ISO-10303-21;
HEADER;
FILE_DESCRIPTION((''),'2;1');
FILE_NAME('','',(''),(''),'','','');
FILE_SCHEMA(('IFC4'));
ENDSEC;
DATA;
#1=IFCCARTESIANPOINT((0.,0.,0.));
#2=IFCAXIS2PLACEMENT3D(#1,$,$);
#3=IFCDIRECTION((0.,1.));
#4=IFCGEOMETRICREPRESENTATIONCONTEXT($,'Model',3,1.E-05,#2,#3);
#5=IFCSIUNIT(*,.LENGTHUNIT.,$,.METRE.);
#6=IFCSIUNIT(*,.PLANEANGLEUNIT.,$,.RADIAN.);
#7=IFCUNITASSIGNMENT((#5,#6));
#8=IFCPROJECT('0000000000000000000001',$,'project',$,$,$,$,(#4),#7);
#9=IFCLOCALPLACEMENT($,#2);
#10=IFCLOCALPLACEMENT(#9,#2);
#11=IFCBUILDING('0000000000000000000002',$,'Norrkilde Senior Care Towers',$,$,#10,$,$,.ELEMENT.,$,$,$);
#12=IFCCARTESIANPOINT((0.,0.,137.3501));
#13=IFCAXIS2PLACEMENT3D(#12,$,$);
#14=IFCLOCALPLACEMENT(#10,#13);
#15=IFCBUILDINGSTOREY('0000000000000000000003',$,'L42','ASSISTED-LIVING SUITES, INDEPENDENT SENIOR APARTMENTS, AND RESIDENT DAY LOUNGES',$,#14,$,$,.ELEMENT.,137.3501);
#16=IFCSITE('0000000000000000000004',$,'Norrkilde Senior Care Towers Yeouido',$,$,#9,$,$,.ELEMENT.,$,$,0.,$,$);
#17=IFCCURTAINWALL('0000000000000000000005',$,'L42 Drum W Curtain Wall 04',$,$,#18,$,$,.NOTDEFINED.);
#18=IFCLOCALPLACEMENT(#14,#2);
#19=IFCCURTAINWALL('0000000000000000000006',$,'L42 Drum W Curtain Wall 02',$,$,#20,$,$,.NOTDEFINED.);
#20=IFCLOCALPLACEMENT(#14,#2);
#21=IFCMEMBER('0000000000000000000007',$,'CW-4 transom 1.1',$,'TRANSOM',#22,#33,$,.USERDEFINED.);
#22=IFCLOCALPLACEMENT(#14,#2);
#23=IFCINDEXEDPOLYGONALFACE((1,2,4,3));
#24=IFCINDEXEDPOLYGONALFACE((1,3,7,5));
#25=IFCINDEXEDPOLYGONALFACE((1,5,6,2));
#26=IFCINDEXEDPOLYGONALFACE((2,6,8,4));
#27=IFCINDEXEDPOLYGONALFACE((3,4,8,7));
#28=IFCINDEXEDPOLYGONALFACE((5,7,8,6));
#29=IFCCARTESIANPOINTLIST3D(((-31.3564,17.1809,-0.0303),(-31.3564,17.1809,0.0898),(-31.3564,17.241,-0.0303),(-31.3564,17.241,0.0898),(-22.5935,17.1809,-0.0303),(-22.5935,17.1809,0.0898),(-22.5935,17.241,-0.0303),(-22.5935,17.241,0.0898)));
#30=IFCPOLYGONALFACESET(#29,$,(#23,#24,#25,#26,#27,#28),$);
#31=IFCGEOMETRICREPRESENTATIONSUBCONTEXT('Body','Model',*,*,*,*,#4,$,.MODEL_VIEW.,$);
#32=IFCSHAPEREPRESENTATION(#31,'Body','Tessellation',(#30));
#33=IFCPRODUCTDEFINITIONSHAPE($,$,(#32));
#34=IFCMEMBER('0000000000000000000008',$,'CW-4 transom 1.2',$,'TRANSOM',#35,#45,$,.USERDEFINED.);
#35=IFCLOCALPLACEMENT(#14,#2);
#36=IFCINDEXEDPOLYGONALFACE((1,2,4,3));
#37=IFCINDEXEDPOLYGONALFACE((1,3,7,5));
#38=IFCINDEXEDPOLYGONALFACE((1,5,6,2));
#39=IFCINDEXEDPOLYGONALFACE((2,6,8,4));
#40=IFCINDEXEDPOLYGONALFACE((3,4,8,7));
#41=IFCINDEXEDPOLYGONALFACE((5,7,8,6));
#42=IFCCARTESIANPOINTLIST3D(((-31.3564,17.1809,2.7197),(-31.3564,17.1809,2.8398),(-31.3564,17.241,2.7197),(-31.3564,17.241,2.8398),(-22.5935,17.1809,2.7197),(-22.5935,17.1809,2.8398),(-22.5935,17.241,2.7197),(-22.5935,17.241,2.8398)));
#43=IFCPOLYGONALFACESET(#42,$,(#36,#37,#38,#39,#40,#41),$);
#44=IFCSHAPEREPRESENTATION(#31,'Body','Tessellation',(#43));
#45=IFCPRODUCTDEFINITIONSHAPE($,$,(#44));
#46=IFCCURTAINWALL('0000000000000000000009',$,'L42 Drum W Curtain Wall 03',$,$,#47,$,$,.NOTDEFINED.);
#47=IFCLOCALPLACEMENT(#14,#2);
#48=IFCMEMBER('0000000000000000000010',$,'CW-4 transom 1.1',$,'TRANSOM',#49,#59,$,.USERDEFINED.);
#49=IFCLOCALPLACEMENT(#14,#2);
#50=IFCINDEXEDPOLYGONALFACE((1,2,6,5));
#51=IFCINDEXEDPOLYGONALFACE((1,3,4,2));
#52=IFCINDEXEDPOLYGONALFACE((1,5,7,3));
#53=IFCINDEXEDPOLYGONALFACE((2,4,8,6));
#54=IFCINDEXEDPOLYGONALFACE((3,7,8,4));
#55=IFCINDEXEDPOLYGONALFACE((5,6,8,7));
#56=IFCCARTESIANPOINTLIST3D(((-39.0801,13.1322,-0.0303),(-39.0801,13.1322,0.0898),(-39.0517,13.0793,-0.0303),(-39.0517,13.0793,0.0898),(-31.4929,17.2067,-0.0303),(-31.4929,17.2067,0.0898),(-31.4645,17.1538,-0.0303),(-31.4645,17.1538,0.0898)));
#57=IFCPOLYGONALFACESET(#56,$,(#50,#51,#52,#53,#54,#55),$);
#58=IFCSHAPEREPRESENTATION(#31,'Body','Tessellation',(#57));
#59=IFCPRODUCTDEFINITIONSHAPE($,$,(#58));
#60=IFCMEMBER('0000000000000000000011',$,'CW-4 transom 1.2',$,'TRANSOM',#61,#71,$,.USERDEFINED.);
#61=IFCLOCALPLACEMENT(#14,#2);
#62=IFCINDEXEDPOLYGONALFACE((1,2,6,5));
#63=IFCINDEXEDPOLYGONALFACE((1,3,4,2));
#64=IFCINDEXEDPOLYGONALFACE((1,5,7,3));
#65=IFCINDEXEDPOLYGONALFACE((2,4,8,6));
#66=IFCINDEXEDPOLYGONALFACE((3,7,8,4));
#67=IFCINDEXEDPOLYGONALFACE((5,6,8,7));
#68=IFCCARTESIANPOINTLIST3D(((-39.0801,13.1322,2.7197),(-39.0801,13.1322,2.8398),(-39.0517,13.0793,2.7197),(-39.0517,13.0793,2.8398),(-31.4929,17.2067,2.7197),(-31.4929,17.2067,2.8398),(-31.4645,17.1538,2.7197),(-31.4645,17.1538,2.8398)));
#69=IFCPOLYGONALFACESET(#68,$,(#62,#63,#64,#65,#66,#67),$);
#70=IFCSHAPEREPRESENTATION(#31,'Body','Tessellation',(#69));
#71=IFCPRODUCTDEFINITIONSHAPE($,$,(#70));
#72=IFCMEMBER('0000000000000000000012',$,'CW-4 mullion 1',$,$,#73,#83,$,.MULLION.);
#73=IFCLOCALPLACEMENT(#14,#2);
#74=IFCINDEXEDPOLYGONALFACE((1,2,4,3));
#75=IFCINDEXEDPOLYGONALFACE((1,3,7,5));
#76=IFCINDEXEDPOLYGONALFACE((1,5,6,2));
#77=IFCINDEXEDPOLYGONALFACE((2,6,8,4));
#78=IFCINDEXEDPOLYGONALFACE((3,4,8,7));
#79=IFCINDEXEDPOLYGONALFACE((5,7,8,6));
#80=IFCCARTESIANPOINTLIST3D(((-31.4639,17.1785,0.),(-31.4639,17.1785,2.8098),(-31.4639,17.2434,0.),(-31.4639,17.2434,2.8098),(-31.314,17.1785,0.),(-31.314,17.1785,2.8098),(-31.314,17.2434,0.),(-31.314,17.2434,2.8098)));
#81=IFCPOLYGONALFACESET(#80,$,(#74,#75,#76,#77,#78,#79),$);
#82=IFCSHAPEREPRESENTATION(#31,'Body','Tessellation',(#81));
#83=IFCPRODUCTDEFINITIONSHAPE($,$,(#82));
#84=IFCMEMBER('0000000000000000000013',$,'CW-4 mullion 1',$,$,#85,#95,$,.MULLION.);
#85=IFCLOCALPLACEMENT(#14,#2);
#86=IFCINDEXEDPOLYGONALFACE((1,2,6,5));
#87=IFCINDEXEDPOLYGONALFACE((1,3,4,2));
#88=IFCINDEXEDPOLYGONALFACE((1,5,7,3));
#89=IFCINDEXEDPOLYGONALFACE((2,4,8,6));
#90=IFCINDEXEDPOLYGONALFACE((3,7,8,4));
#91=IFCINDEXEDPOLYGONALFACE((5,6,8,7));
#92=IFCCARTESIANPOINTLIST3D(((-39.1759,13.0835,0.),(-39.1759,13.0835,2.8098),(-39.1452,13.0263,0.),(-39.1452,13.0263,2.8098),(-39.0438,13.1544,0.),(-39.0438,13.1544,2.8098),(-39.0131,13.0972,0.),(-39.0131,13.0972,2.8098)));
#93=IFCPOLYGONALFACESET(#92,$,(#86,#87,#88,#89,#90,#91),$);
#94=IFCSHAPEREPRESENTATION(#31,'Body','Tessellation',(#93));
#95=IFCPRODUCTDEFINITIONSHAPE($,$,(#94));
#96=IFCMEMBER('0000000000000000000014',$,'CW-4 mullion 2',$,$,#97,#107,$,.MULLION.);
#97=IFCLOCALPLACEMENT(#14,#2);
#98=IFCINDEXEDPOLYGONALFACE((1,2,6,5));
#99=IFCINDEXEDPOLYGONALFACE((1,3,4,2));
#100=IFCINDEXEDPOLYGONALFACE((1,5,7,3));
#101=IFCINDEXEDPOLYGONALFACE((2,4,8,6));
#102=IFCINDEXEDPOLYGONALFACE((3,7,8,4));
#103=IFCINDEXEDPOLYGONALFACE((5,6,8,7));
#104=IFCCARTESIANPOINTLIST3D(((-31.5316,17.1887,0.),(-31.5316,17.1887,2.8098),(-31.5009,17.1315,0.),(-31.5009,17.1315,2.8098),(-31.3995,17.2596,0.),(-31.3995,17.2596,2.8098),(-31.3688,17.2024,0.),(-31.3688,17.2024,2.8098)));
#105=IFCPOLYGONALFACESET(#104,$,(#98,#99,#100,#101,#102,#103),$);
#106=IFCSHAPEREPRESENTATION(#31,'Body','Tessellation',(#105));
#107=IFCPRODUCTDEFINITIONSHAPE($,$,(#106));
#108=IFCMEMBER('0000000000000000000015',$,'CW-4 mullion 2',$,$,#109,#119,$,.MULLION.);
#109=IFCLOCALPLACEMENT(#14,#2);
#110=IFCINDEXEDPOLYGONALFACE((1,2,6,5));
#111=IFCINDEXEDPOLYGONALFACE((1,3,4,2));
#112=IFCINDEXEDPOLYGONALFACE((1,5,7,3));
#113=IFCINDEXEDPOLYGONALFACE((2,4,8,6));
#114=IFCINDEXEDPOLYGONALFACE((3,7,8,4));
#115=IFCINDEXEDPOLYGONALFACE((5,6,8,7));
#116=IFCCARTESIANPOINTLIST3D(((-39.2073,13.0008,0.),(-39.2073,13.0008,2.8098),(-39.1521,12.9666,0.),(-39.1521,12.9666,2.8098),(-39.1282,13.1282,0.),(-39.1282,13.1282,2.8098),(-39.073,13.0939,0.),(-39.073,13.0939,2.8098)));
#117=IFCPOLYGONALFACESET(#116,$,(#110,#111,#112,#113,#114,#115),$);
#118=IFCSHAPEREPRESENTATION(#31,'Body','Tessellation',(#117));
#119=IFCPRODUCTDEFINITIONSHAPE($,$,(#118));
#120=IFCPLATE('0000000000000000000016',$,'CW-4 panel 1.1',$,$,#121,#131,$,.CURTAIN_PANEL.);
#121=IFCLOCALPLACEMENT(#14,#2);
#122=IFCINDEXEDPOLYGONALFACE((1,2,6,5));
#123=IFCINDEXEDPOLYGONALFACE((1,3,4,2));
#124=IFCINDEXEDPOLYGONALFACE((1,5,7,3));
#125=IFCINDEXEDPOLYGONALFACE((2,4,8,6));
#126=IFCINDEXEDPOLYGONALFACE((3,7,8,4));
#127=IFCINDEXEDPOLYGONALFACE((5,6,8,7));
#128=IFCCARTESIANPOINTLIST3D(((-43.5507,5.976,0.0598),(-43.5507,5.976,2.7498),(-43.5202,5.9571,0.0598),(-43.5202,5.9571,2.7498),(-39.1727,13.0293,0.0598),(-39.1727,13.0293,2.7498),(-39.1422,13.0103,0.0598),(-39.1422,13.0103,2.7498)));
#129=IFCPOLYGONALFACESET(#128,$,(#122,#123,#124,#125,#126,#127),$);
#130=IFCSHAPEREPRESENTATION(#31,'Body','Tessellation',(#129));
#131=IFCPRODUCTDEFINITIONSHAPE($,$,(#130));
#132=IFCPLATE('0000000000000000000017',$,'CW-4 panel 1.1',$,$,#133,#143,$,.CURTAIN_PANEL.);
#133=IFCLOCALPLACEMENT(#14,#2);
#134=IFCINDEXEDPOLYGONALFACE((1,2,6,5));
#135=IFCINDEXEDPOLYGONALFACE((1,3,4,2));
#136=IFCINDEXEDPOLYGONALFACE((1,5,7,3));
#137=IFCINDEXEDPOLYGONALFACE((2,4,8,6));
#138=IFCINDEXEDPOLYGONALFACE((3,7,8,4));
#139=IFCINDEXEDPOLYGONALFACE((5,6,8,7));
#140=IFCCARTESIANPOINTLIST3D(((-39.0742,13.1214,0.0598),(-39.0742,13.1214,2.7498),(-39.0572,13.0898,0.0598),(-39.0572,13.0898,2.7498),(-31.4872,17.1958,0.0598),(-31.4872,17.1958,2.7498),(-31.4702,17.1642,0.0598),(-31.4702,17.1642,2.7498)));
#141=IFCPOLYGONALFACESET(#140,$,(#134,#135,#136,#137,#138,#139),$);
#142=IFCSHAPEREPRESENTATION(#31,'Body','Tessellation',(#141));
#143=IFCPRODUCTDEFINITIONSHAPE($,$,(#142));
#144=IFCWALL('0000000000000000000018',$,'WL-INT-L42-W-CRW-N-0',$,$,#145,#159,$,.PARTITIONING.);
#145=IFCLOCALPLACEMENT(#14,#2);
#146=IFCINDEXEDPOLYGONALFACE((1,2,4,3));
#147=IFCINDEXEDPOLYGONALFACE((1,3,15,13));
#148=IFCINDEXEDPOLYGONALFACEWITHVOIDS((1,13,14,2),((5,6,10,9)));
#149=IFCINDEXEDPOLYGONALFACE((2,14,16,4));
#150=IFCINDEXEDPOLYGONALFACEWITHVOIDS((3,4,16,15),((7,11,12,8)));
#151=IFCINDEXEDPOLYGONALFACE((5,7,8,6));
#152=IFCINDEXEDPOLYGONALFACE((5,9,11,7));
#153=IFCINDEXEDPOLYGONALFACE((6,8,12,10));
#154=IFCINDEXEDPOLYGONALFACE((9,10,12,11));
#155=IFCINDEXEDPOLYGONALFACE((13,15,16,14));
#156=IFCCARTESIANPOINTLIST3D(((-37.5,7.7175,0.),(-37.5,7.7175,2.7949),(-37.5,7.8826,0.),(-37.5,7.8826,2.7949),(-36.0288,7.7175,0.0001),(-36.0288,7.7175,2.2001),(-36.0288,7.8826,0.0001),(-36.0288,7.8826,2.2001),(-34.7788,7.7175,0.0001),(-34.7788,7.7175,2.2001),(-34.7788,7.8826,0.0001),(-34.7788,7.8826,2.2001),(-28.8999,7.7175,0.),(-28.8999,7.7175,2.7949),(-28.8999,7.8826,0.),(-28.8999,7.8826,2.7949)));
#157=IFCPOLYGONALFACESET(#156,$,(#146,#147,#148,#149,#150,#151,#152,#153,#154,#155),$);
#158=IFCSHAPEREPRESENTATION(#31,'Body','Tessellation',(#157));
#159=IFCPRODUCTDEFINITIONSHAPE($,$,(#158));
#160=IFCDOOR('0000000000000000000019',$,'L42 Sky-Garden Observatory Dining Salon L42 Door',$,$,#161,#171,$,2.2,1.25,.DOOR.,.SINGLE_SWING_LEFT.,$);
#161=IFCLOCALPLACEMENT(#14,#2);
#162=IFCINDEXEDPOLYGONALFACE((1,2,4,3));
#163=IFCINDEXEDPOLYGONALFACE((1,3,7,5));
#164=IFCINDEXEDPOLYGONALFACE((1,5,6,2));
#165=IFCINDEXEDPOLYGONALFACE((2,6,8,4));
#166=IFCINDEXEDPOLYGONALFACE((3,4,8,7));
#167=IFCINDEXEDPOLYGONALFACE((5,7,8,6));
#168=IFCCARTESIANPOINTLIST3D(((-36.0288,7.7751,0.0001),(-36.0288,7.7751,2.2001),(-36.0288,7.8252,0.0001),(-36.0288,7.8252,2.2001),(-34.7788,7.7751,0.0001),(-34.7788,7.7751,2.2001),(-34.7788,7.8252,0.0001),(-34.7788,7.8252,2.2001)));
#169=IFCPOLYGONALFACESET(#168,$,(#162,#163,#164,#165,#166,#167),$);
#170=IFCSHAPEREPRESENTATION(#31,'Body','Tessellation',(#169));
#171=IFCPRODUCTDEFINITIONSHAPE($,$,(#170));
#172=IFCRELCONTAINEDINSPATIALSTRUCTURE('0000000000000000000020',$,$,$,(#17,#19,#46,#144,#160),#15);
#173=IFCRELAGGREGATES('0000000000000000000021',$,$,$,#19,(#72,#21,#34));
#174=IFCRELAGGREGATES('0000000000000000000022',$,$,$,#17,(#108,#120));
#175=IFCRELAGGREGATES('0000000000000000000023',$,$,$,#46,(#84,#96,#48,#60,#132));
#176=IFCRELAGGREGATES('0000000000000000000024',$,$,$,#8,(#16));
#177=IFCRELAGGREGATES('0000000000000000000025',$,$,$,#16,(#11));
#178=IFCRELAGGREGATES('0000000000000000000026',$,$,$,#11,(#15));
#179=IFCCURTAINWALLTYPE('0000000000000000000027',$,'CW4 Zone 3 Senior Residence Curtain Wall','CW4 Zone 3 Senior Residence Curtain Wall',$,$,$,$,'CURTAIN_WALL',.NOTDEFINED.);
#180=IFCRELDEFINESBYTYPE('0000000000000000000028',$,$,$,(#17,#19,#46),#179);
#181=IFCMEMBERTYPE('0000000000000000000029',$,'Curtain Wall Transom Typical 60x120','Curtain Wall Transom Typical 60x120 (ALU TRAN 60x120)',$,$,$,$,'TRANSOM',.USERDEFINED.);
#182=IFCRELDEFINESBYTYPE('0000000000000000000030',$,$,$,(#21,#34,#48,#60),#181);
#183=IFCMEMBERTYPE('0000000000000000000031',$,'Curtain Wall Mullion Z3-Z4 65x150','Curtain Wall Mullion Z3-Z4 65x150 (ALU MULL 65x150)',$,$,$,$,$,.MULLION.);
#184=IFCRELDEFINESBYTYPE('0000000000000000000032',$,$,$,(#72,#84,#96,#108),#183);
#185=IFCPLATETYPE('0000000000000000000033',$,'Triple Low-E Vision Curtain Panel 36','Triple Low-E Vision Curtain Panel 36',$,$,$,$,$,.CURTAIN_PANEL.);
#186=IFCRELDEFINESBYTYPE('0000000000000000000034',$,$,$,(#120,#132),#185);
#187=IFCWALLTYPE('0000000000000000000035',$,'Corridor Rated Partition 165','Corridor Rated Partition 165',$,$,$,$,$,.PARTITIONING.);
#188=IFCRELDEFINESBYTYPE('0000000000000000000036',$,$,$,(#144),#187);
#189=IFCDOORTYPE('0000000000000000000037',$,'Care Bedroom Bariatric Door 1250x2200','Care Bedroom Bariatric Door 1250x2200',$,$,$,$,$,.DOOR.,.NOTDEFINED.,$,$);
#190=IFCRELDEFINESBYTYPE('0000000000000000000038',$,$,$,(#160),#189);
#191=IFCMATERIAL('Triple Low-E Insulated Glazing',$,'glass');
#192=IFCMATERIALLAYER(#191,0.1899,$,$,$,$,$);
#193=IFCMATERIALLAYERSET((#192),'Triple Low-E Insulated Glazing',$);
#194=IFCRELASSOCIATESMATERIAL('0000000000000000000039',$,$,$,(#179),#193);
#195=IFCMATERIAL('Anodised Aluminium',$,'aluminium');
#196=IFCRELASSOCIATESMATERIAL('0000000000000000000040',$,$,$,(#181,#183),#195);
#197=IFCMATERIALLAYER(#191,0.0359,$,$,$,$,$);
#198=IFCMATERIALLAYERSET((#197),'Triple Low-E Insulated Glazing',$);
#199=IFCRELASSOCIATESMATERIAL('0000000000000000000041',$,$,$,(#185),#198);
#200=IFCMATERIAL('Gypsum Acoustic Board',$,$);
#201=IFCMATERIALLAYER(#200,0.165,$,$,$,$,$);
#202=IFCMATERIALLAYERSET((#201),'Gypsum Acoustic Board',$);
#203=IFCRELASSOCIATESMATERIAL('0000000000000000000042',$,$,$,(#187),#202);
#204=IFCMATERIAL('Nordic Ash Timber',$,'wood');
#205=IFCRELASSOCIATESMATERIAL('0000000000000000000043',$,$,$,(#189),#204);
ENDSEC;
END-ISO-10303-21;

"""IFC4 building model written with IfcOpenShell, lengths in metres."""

from ifc_helpers import new_model, si_unit, direction, frame, frame_2d, origin, origin_2d, place, context, subcontext, project, spatial, rectangle, extrude, source, transform, mapped, material, layer, layer_set, material_profile, profile_set, type_object, type_shapes, element, fill, aggregate, save


model = new_model("IFC4")

# Units and contexts
model_context = context("Model", 3, precision=1e-05, world=origin(), true_north=direction((0.0, 1.0)))
body_context = subcontext(model_context, "Body", "Model", "MODEL_VIEW")
ifc_project = project(units=[si_unit("LENGTHUNIT", "METRE"), si_unit("PLANEANGLEUNIT", "RADIAN")], contexts=[model_context])

# Site, building, storey
site_placement = place(None, origin())
site = spatial("IfcSite", under=ifc_project, at=site_placement, Name="Norrkilde Senior Care Towers Yeouido", CompositionType="ELEMENT", RefElevation=0.0)
building_placement = place(site_placement, origin())
building = spatial("IfcBuilding", under=site, at=building_placement, Name="Norrkilde Senior Care Towers", CompositionType="ELEMENT")
storey_placement = place(building_placement, frame((0.0, 0.0, 137.3501)))
storey = spatial("IfcBuildingStorey", under=building, at=storey_placement, Name="L42", Description="ASSISTED-LIVING SUITES, INDEPENDENT SENIOR APARTMENTS, AND RESIDENT DAY LOUNGES", CompositionType="ELEMENT", Elevation=137.3501)

# Curtain walls, members
ifc_material_1 = material(Name="Triple Low-E Insulated Glazing", Category="glass")
ifc_layer_1 = layer(ifc_material_1, 0.1899)
ifc_layer_set_1 = layer_set([ifc_layer_1], Name="Triple Low-E Insulated Glazing")
curtain_wall_type = type_object("IfcCurtainWallType", Name="CW4 Zone 3 Senior Residence Curtain Wall", Description="CW4 Zone 3 Senior Residence Curtain Wall", ElementType="CURTAIN_WALL", PredefinedType="NOTDEFINED", material=ifc_layer_set_1)
curtain_wall_1_placement = place(storey_placement, origin())
curtain_wall_1 = element("IfcCurtainWall", 1, at=curtain_wall_1_placement, inside=storey, type_object=curtain_wall_type, Name="L42 Drum W Curtain Wall 04", PredefinedType="NOTDEFINED")
ifc_material_2 = material(Name="Anodised Aluminium", Category="aluminium")
ifc_material_profile_1 = material_profile(ifc_material_2, rectangle(XDim=0.0601, YDim=0.1201, at=origin_2d()), Name="ALU TRAN 60x120")
ifc_profile_set_1 = profile_set([ifc_material_profile_1], Name="Anodised Aluminium")
member_type_1 = type_object("IfcMemberType", Name="Curtain Wall Transom Typical 60x120", Description="Curtain Wall Transom Typical 60x120 (ALU TRAN 60x120)", ElementType="TRANSOM", PredefinedType="USERDEFINED", material=ifc_profile_set_1)
curtain_wall_2_placement = place(storey_placement, origin())
curtain_wall_2 = element("IfcCurtainWall", 2, at=curtain_wall_2_placement, inside=storey, type_object=curtain_wall_type, Name="L42 Drum W Curtain Wall 02", PredefinedType="NOTDEFINED")
shared_shape_1 = source(origin(), body_context, "Body", "SweptSolid", [
    extrude(rectangle(XDim=0.0601, YDim=0.1201, at=origin_2d()), origin(), (0.0, 0.0, 1.0), 8.7629),
])
member_1_placement = place(storey_placement, frame((-31.3564, 17.2109, 0.0298), z_axis=(1.0, 0.0, 0.0), x_axis=(0.0, 1.0, 0.0)))
member_1 = element("IfcMember", 3, at=member_1_placement, type_object=member_type_1, Name="CW-4 transom 1.1", ObjectType="TRANSOM", PredefinedType="USERDEFINED", context=body_context, shape_type="MappedRepresentation", body=[
    mapped(shared_shape_1, transform((0.0, 0.0, 0.0), x_axis=(1.0, 0.0, 0.0), y_axis=(0.0, 1.0, 0.0), z_axis=(0.0, 0.0, 1.0), scale=1.0)),
])
member_2_placement = place(storey_placement, frame((-31.3564, 17.2109, 2.7798), z_axis=(1.0, 0.0, 0.0), x_axis=(0.0, 1.0, 0.0)))
member_2 = element("IfcMember", 4, at=member_2_placement, type_object=member_type_1, Name="CW-4 transom 1.2", ObjectType="TRANSOM", PredefinedType="USERDEFINED", context=body_context, shape_type="MappedRepresentation", body=[
    mapped(shared_shape_1, transform((0.0, 0.0, 0.0), x_axis=(1.0, 0.0, 0.0), y_axis=(0.0, 1.0, 0.0), z_axis=(0.0, 0.0, 1.0), scale=1.0)),
])
curtain_wall_3_placement = place(storey_placement, origin())
curtain_wall_3 = element("IfcCurtainWall", 5, at=curtain_wall_3_placement, inside=storey, type_object=curtain_wall_type, Name="L42 Drum W Curtain Wall 03", PredefinedType="NOTDEFINED")
shared_shape_2 = source(origin(), body_context, "Body", "SweptSolid", [
    extrude(rectangle(XDim=0.0601, YDim=0.1201, at=origin_2d()), origin(), (0.0, 0.0, 1.0), 8.6121),
])
member_3_placement = place(storey_placement, frame((-39.0659, 13.1057, 0.0298), z_axis=(0.881, 0.473116, 0.0), x_axis=(-0.473116, 0.881, 0.0)))
member_3 = element("IfcMember", 6, at=member_3_placement, type_object=member_type_1, Name="CW-4 transom 1.1", ObjectType="TRANSOM", PredefinedType="USERDEFINED", context=body_context, shape_type="MappedRepresentation", body=[
    mapped(shared_shape_2, transform((0.0, 0.0, 0.0), x_axis=(1.0, 0.0, 0.0), y_axis=(0.0, 1.0, 0.0), z_axis=(0.0, 0.0, 1.0), scale=1.0)),
])
member_4_placement = place(storey_placement, frame((-39.0659, 13.1057, 2.7798), z_axis=(0.881, 0.473116, 0.0), x_axis=(-0.473116, 0.881, 0.0)))
member_4 = element("IfcMember", 7, at=member_4_placement, type_object=member_type_1, Name="CW-4 transom 1.2", ObjectType="TRANSOM", PredefinedType="USERDEFINED", context=body_context, shape_type="MappedRepresentation", body=[
    mapped(shared_shape_2, transform((0.0, 0.0, 0.0), x_axis=(1.0, 0.0, 0.0), y_axis=(0.0, 1.0, 0.0), z_axis=(0.0, 0.0, 1.0), scale=1.0)),
])

# Members
ifc_material_profile_2 = material_profile(ifc_material_2, rectangle(XDim=0.0649, YDim=0.1499, at=origin_2d()), Name="ALU MULL 65x150")
ifc_profile_set_2 = profile_set([ifc_material_profile_2], Name="Anodised Aluminium")
member_type_2 = type_object("IfcMemberType", Name="Curtain Wall Mullion Z3-Z4 65x150", Description="Curtain Wall Mullion Z3-Z4 65x150 (ALU MULL 65x150)", PredefinedType="MULLION", material=ifc_profile_set_2)
shared_shape_3 = source(origin(), body_context, "Body", "SweptSolid", [
    extrude(rectangle(XDim=0.0649, YDim=0.1499, at=origin_2d()), origin(), (0.0, 0.0, 1.0), 2.8098),
])
type_shapes(member_type_2, [shared_shape_3])
member_5_placement = place(storey_placement, frame((-31.3889, 17.2109, 0.0), z_axis=(0.0, 0.0, 1.0), x_axis=(0.0, 1.0, 0.0)))
member_5 = element("IfcMember", 8, at=member_5_placement, type_object=member_type_2, Name="CW-4 mullion 1", PredefinedType="MULLION", context=body_context, shape_type="MappedRepresentation", body=[
    mapped(shared_shape_3, transform((0.0, 0.0, 0.0), x_axis=(1.0, 0.0, 0.0), y_axis=(0.0, 1.0, 0.0), z_axis=(0.0, 0.0, 1.0), scale=1.0)),
])
aggregate(curtain_wall_2, [member_5, member_1, member_2])
member_6_placement = place(storey_placement, frame((-39.0945, 13.0903, 0.0), z_axis=(0.0, 0.0, 1.0), x_axis=(-0.473117, 0.881, 0.0)))
member_6 = element("IfcMember", 9, at=member_6_placement, type_object=member_type_2, Name="CW-4 mullion 1", PredefinedType="MULLION", context=body_context, shape_type="MappedRepresentation", body=[
    mapped(shared_shape_3, transform((0.0, 0.0, 0.0), x_axis=(1.0, 0.0, 0.0), y_axis=(0.0, 1.0, 0.0), z_axis=(0.0, 0.0, 1.0), scale=1.0)),
])
member_7_placement = place(storey_placement, frame((-31.4502, 17.1956, 0.0), z_axis=(0.0, 0.0, 1.0), x_axis=(-0.473117, 0.881, 0.0)))
member_7 = element("IfcMember", 10, at=member_7_placement, type_object=member_type_2, Name="CW-4 mullion 2", PredefinedType="MULLION", context=body_context, shape_type="MappedRepresentation", body=[
    mapped(shared_shape_3, transform((0.0, 0.0, 0.0), x_axis=(1.0, 0.0, 0.0), y_axis=(0.0, 1.0, 0.0), z_axis=(0.0, 0.0, 1.0), scale=1.0)),
])
member_8_placement = place(storey_placement, frame((-39.1401, 13.0474, 0.0), z_axis=(0.0, 0.0, 1.0), x_axis=(-0.849634, 0.527373, 0.0)))
member_8 = element("IfcMember", 11, at=member_8_placement, type_object=member_type_2, Name="CW-4 mullion 2", PredefinedType="MULLION", context=body_context, shape_type="MappedRepresentation", body=[
    mapped(shared_shape_3, transform((0.0, 0.0, 0.0), x_axis=(1.0, 0.0, 0.0), y_axis=(0.0, 1.0, 0.0), z_axis=(0.0, 0.0, 1.0), scale=1.0)),
])

# Plates
ifc_layer_2 = layer(ifc_material_1, 0.0359)
ifc_layer_set_2 = layer_set([ifc_layer_2], Name="Triple Low-E Insulated Glazing")
plate_type = type_object("IfcPlateType", Name="Triple Low-E Vision Curtain Panel 36", Description="Triple Low-E Vision Curtain Panel 36", PredefinedType="CURTAIN_PANEL", material=ifc_layer_set_2)
shared_shape_4 = source(origin(), body_context, "Body", "SweptSolid", [
    extrude(rectangle(XDim=8.3015, YDim=0.0359, at=origin_2d()), origin(), (0.0, 0.0, 1.0), 2.6899),
])
plate_1_placement = place(storey_placement, frame((-41.3464, 9.4932, 0.0598), z_axis=(0.0, 0.0, 1.0), x_axis=(0.527373, 0.849634, 0.0)))
plate_1 = element("IfcPlate", 12, at=plate_1_placement, type_object=plate_type, Name="CW-4 panel 1.1", PredefinedType="CURTAIN_PANEL", context=body_context, shape_type="MappedRepresentation", body=[
    mapped(shared_shape_4, transform((0.0, 0.0, 0.0), x_axis=(1.0, 0.0, 0.0), y_axis=(0.0, 1.0, 0.0), z_axis=(0.0, 0.0, 1.0), scale=1.0)),
])
aggregate(curtain_wall_1, [member_8, plate_1])
shared_shape_5 = source(origin(), body_context, "Body", "SweptSolid", [
    extrude(rectangle(XDim=8.6118, YDim=0.0359, at=origin_2d()), origin(), (0.0, 0.0, 1.0), 2.6899),
])
type_shapes(plate_type, [shared_shape_4, shared_shape_5])
plate_2_placement = place(storey_placement, frame((-35.2722, 15.1428, 0.0598), z_axis=(0.0, 0.0, 1.0), x_axis=(0.881, 0.473117, 0.0)))
plate_2 = element("IfcPlate", 13, at=plate_2_placement, type_object=plate_type, Name="CW-4 panel 1.1", PredefinedType="CURTAIN_PANEL", context=body_context, shape_type="MappedRepresentation", body=[
    mapped(shared_shape_5, transform((0.0, 0.0, 0.0), x_axis=(1.0, 0.0, 0.0), y_axis=(0.0, 1.0, 0.0), z_axis=(0.0, 0.0, 1.0), scale=1.0)),
])
aggregate(curtain_wall_3, [member_6, member_7, member_3, member_4, plate_2])

# Wall, opening, door
ifc_material_3 = material(Name="Gypsum Acoustic Board")
ifc_layer_3 = layer(ifc_material_3, 0.165)
ifc_layer_set_3 = layer_set([ifc_layer_3], Name="Gypsum Acoustic Board")
wall_type = type_object("IfcWallType", Name="Corridor Rated Partition 165", Description="Corridor Rated Partition 165", PredefinedType="PARTITIONING", material=ifc_layer_set_3)
shared_shape_6 = source(origin(), body_context, "Body", "SweptSolid", [
    extrude(rectangle(XDim=8.6001, YDim=0.165, at=frame_2d((4.3, 0.0))), origin(), (0.0, 0.0, 1.0), 2.7949),
])
wall_1_placement = place(storey_placement, frame((-37.5, 7.8, 0.0), z_axis=(0.0, 0.0, 1.0), x_axis=(1.0, 0.0, 0.0)))
wall_1 = element("IfcWall", 14, at=wall_1_placement, inside=storey, type_object=wall_type, Name="WL-INT-L42-W-CRW-N-0", PredefinedType="PARTITIONING", context=body_context, shape_type="MappedRepresentation", body=[
    mapped(shared_shape_6, transform((0.0, 0.0, 0.0), x_axis=(1.0, 0.0, 0.0), y_axis=(0.0, 1.0, 0.0), z_axis=(0.0, 0.0, 1.0), scale=1.0)),
])
opening_placement = place(wall_1_placement, frame((1.4712, 0.0, 0.0)))
opening = element("IfcOpeningElement", 15, at=opening_placement, cuts=wall_1, PredefinedType="OPENING", context=body_context, shape_type="SweptSolid", body=[
    extrude(rectangle(XDim=1.25, YDim=2.2, at=frame_2d((0.625, 1.1001))), frame((0.0, 0.0925, 0.0), z_axis=(0.0, -1.0, 0.0), x_axis=(1.0, 0.0, 0.0)), (0.0, 0.0, 1.0), 0.1851),
])
ifc_material_4 = material(Name="Nordic Ash Timber", Category="wood")
door_type = type_object("IfcDoorType", Name="Care Bedroom Bariatric Door 1250x2200", Description="Care Bedroom Bariatric Door 1250x2200", OperationType="NOTDEFINED", PredefinedType="DOOR", material=ifc_material_4)
shared_shape_7 = source(origin(), body_context, "Body", "SweptSolid", [
    extrude(rectangle(XDim=1.25, YDim=2.2, at=frame_2d((0.625, 1.1001))), frame((0.0, 0.0249, 0.0), z_axis=(0.0, -1.0, 0.0), x_axis=(1.0, 0.0, 0.0)), (0.0, 0.0, 1.0), 0.05),
])
type_shapes(door_type, [shared_shape_7])
door_placement = place(opening_placement, frame((1.25, 0.0, 0.0), z_axis=(0.0, 0.0, 1.0), x_axis=(-1.0, 0.0, 0.0)))
door = element("IfcDoor", 16, at=door_placement, inside=storey, type_object=door_type, Name="L42 Sky-Garden Observatory Dining Salon L42 Door", OperationType="SINGLE_SWING_LEFT", OverallHeight=2.2, OverallWidth=1.25, PredefinedType="DOOR", context=body_context, shape_type="MappedRepresentation", body=[
    mapped(shared_shape_7, transform((0.0, 0.0, 0.0), x_axis=(1.0, 0.0, 0.0), y_axis=(0.0, 1.0, 0.0), z_axis=(0.0, 0.0, 1.0), scale=1.0)),
])
fill(opening, door)

save(model, "model.ifc")
